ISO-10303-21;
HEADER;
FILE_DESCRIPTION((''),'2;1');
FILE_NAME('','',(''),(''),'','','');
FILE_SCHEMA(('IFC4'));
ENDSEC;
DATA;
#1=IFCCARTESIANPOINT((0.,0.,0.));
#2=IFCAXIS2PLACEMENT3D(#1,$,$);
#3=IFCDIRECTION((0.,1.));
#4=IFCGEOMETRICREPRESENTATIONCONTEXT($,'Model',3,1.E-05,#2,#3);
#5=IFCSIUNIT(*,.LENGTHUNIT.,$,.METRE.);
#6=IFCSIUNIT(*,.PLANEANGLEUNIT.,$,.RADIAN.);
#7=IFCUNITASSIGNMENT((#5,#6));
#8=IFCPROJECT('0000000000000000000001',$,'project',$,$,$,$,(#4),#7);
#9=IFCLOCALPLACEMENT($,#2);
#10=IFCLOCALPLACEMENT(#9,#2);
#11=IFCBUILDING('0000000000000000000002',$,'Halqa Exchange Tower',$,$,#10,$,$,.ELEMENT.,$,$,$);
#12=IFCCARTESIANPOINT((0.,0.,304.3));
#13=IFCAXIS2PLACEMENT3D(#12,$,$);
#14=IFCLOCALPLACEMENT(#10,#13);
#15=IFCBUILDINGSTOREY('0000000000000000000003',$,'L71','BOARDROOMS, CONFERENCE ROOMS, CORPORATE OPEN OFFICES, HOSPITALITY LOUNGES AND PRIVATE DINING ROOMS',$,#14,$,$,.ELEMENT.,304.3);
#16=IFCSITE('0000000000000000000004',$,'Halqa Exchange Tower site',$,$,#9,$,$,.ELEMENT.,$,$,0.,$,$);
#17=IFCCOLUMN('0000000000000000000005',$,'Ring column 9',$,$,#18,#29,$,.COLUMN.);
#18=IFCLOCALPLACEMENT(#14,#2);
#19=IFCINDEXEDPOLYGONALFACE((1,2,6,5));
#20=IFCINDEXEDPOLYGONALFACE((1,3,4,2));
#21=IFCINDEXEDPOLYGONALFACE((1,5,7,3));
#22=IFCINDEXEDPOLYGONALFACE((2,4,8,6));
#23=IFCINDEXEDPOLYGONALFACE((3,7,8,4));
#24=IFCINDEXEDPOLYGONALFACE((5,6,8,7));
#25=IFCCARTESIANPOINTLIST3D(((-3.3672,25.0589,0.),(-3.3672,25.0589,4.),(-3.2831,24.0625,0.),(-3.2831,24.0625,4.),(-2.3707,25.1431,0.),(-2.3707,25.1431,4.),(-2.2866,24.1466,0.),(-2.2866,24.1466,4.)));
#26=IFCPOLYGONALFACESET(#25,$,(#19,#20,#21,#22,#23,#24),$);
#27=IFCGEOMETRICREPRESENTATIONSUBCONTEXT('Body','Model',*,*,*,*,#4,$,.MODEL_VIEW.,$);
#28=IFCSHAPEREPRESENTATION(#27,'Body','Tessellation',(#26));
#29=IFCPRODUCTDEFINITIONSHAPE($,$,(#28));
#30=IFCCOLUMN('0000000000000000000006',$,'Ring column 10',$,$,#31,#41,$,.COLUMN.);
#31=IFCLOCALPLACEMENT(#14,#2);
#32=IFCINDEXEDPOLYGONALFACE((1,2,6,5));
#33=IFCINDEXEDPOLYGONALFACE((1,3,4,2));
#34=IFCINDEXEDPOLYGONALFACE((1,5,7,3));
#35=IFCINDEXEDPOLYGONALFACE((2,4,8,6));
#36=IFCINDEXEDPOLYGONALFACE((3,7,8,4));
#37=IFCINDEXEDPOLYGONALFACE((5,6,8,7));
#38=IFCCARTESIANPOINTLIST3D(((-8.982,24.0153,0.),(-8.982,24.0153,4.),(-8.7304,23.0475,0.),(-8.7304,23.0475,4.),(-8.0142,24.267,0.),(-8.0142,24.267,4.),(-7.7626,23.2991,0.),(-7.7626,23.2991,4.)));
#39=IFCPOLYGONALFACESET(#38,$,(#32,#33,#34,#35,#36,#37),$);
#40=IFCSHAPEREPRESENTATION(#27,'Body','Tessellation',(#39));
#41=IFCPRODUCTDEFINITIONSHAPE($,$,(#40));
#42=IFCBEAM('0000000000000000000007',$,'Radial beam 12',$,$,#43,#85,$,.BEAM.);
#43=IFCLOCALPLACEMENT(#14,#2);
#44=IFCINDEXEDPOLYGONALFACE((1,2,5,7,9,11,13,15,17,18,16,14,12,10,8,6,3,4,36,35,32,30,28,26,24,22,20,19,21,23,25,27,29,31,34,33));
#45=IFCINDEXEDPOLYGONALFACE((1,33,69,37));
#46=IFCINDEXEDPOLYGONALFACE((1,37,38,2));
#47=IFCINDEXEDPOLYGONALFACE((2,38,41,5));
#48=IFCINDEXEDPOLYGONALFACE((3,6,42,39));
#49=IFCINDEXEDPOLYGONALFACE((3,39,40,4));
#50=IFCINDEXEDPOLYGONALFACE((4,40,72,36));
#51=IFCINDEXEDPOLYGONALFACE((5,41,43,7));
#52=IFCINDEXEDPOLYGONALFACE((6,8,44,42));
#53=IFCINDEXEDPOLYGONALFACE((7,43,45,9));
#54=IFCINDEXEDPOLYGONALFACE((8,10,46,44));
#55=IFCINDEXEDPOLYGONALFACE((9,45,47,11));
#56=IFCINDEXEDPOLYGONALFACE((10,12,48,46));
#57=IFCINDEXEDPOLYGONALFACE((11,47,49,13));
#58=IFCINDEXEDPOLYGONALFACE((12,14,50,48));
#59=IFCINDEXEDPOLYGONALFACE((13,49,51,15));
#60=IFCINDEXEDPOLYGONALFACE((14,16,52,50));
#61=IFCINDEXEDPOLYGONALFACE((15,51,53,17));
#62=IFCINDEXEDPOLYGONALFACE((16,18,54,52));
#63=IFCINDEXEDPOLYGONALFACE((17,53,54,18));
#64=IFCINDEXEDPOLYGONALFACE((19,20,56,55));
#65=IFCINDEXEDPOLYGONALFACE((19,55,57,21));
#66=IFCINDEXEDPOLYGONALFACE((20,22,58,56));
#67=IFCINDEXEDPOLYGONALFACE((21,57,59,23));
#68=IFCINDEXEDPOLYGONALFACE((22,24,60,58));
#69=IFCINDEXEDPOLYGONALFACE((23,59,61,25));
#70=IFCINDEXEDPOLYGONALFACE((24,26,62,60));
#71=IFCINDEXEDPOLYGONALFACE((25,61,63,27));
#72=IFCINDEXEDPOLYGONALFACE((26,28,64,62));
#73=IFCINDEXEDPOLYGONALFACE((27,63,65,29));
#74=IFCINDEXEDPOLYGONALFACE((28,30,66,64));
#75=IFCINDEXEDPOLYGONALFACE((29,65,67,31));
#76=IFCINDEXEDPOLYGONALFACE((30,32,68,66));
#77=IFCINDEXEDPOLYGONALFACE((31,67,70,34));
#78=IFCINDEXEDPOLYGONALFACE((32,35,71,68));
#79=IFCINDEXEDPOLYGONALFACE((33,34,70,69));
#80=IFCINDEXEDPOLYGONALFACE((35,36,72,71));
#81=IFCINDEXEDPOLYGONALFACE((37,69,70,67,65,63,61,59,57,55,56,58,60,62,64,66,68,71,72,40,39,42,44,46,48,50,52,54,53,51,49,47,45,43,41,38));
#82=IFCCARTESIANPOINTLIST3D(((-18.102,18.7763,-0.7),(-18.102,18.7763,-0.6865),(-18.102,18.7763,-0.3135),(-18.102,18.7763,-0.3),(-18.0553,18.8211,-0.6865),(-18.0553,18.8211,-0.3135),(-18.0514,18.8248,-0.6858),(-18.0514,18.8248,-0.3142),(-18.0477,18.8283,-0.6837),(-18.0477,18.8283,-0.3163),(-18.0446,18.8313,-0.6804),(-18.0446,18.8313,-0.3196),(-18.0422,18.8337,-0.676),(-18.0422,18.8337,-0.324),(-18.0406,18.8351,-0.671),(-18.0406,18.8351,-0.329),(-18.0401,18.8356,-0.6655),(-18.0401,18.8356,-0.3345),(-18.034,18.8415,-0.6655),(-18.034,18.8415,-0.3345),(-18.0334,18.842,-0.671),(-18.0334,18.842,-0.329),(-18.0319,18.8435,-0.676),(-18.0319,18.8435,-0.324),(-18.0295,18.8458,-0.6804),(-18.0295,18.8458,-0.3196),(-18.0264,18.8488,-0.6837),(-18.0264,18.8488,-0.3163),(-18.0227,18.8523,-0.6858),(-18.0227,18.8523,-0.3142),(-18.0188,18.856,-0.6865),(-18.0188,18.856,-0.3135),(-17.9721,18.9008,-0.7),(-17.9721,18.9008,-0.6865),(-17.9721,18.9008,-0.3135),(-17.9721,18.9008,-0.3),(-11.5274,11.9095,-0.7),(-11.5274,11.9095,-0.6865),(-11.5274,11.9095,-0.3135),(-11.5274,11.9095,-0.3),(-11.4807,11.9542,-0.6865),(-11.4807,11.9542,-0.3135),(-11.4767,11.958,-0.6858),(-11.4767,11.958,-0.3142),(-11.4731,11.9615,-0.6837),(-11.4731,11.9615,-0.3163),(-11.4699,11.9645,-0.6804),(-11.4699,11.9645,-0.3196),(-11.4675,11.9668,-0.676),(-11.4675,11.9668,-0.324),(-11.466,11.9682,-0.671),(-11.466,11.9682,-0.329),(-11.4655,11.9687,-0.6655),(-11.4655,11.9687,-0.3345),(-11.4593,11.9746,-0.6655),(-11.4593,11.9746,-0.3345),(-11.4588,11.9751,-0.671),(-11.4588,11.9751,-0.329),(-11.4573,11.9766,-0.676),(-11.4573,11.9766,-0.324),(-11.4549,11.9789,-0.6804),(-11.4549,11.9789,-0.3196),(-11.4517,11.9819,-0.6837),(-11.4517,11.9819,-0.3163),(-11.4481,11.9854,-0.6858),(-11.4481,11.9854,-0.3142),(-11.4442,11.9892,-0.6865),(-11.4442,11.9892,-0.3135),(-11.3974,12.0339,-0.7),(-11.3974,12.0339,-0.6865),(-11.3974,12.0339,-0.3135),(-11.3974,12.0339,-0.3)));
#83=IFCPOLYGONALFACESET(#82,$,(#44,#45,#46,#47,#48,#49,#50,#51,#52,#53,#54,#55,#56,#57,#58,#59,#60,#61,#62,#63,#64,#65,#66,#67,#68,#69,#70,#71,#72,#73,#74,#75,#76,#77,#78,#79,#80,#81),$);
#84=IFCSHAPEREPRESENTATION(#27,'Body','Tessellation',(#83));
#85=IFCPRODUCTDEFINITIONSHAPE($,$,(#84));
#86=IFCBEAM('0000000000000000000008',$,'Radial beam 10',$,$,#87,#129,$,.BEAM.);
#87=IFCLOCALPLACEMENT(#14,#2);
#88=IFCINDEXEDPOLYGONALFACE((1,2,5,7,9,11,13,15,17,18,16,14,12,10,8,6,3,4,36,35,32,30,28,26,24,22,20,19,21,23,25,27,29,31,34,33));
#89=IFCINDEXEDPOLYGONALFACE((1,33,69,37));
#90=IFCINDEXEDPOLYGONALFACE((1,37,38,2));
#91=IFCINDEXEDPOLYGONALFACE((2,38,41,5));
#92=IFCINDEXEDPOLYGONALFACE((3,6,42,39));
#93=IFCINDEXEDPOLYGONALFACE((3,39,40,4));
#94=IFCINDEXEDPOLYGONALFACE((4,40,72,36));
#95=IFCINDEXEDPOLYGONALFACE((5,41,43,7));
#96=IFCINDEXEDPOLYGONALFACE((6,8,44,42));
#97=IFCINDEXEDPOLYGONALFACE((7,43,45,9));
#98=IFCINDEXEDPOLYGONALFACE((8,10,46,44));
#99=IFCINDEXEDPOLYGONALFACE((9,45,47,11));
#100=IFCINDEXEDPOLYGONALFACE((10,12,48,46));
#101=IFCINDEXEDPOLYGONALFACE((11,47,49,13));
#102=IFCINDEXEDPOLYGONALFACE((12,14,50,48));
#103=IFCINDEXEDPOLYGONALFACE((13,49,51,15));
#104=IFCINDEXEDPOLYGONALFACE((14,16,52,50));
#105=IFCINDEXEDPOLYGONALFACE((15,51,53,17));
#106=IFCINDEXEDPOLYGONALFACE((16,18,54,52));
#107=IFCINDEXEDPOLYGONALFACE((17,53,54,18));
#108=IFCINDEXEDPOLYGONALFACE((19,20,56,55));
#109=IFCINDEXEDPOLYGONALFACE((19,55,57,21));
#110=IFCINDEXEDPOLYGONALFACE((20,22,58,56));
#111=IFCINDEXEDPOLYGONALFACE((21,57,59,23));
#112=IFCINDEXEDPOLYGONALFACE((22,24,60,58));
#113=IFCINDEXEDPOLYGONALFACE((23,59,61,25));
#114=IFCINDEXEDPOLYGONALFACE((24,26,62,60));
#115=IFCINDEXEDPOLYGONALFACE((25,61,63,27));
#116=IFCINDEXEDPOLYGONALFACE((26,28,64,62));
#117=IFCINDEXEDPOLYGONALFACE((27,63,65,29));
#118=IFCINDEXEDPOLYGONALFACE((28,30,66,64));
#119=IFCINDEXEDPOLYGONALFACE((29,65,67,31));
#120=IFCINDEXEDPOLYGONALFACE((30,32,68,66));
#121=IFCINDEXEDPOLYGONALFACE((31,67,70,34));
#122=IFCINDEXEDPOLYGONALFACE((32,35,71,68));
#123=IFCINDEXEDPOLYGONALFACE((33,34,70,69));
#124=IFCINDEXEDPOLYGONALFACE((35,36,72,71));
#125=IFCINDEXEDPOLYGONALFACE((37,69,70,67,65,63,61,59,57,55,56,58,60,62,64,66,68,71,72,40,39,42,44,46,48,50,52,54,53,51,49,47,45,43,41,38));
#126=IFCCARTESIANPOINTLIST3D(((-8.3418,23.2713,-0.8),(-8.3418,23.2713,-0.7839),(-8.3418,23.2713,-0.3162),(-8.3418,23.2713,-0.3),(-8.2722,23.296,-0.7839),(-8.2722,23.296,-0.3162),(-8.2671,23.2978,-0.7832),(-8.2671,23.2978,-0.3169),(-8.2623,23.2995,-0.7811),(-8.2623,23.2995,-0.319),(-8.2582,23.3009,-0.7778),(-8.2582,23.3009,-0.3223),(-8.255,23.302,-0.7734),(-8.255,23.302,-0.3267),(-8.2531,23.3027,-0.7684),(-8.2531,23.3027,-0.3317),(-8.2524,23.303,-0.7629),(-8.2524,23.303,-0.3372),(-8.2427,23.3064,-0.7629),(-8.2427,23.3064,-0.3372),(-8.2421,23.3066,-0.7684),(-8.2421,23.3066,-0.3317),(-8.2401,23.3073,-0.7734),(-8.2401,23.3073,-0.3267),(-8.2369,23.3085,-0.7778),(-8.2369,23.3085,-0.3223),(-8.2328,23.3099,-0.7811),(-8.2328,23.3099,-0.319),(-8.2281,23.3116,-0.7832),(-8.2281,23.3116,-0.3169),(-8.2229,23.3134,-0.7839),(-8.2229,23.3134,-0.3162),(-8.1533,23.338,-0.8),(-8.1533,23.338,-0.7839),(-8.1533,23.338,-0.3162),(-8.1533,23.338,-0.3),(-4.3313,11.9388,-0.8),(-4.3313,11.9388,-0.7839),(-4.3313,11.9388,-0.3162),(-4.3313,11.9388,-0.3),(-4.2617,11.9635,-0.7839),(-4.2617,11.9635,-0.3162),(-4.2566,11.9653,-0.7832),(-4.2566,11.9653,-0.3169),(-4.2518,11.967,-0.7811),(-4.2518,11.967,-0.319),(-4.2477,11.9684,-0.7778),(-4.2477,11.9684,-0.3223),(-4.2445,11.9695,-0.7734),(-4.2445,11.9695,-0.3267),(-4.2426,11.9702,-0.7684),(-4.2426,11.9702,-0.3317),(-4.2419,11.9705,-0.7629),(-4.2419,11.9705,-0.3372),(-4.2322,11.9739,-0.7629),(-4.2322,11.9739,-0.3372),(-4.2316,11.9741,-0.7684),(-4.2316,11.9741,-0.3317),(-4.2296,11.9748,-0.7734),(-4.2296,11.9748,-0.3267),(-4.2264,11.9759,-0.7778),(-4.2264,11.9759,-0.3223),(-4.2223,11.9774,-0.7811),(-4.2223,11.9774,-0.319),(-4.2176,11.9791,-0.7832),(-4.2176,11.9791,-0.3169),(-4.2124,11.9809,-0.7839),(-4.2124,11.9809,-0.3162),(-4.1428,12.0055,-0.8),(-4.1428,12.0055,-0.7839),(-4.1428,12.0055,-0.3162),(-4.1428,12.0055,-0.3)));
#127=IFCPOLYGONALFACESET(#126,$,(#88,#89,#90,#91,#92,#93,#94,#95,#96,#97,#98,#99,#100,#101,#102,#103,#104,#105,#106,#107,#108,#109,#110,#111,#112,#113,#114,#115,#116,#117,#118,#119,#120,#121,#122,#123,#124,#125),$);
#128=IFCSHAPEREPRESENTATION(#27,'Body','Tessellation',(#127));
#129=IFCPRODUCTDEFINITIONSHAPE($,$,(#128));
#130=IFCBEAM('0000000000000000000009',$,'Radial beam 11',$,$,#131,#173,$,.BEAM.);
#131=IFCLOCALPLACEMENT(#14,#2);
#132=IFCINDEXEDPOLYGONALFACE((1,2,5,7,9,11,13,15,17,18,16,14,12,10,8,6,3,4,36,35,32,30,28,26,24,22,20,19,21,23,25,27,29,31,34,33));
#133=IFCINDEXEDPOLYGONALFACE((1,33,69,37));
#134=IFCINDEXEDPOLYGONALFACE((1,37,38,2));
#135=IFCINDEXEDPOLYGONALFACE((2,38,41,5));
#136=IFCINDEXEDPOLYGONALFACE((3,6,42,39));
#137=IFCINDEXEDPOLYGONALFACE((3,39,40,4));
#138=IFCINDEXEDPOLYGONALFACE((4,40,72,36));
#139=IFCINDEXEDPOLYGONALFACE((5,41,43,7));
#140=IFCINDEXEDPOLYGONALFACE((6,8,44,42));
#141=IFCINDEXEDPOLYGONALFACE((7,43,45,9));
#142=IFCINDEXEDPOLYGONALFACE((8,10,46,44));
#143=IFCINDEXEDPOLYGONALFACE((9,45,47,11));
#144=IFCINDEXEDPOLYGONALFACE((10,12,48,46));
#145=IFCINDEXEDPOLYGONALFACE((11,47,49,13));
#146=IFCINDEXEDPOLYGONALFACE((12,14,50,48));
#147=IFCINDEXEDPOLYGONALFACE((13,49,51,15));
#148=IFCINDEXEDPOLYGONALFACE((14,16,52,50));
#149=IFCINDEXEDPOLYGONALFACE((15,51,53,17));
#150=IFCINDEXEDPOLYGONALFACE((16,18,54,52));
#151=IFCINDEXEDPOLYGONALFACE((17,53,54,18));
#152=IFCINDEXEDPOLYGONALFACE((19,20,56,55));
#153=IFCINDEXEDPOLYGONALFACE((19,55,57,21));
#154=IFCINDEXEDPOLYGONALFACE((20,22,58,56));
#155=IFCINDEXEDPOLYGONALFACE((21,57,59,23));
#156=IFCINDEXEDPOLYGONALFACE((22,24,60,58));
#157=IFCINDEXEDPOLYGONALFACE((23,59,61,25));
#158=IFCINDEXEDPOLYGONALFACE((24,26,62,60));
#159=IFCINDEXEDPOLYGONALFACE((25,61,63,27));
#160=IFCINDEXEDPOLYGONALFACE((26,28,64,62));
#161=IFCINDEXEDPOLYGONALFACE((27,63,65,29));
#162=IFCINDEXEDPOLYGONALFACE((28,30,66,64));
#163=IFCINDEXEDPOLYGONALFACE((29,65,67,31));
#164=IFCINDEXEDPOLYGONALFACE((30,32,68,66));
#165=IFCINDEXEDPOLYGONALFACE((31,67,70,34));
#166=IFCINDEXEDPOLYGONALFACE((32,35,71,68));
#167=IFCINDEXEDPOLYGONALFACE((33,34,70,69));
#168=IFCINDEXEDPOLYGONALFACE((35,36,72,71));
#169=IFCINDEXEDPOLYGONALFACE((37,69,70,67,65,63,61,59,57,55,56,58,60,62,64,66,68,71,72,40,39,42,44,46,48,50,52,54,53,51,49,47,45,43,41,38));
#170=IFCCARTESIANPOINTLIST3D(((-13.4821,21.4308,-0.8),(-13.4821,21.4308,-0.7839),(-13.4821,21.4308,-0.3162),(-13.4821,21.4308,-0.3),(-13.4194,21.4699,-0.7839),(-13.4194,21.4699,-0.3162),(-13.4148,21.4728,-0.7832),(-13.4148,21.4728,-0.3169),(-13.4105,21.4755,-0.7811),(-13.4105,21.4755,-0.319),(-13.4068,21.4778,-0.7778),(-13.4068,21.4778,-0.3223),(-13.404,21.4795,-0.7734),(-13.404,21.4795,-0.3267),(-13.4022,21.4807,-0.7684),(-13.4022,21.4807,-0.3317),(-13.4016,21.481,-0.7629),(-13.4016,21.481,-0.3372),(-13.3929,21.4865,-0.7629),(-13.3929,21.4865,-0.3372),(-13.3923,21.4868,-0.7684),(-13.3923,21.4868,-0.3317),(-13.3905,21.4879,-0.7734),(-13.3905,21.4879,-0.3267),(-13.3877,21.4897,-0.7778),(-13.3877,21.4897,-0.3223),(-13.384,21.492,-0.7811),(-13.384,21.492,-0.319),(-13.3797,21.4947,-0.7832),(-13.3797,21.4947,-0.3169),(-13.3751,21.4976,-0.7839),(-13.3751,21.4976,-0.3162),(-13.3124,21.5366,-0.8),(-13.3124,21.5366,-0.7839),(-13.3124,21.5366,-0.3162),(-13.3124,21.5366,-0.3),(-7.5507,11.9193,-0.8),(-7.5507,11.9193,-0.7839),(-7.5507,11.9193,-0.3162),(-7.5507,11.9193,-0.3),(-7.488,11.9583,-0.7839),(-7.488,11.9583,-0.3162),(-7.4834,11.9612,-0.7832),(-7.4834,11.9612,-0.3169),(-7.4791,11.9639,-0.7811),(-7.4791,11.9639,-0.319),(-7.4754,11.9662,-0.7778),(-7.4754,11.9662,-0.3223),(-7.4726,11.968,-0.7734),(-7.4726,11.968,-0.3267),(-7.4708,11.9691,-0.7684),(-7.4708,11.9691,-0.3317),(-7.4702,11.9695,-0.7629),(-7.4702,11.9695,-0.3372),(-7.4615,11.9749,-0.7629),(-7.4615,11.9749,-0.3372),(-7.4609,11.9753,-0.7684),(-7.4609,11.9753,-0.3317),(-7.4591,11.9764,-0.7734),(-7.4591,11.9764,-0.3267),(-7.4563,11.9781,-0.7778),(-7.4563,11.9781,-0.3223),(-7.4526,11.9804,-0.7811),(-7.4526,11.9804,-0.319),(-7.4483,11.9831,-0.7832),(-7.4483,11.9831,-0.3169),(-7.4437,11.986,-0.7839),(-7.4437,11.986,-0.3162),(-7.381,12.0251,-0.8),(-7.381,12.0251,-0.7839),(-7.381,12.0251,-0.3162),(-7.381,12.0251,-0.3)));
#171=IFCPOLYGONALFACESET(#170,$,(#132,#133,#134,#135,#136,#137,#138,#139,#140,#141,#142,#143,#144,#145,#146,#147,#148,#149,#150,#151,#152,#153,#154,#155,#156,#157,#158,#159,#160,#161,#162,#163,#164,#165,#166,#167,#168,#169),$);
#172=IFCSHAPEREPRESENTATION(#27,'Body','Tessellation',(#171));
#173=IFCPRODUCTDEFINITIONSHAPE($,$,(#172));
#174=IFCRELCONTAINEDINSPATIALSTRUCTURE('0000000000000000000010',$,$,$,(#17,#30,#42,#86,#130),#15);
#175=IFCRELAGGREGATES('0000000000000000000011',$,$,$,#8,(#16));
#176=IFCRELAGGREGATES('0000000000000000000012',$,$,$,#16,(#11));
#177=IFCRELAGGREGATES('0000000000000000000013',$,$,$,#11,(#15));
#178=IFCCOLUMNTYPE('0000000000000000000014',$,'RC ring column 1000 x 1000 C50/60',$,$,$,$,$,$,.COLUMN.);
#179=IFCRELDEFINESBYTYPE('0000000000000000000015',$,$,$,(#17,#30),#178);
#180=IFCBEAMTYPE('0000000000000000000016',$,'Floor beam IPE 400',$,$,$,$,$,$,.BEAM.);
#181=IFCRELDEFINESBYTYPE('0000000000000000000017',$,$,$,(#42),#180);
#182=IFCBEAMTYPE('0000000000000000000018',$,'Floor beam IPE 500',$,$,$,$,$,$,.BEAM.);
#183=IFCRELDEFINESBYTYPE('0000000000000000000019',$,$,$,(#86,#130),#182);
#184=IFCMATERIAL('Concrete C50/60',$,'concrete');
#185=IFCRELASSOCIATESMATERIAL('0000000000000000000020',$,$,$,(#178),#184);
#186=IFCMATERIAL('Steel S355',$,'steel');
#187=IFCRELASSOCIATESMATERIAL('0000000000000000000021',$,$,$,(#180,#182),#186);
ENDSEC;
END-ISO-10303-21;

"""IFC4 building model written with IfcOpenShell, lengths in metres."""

from ifc_helpers import new_model, si_unit, direction, frame, origin, origin_2d, place, context, subcontext, project, spatial, rectangle, i_section, extrude, material, material_profile, profile_set, type_object, element, save


model = new_model("IFC4")

# Units and contexts
model_context = context("Model", 3, precision=1e-05, world=origin(), true_north=direction((0.0, 1.0)))
body_context = subcontext(model_context, "Body", "Model", "MODEL_VIEW")
ifc_project = project(units=[si_unit("LENGTHUNIT", "METRE"), si_unit("PLANEANGLEUNIT", "RADIAN")], contexts=[model_context])

# Site, building, storey
site_placement = place(None, origin())
site = spatial("IfcSite", under=ifc_project, at=site_placement, Name="Halqa Exchange Tower site", CompositionType="ELEMENT", RefElevation=0.0)
building_placement = place(site_placement, origin())
building = spatial("IfcBuilding", under=site, at=building_placement, Name="Halqa Exchange Tower", CompositionType="ELEMENT")
storey_placement = place(building_placement, frame((0.0, 0.0, 304.3)))
storey = spatial("IfcBuildingStorey", under=building, at=storey_placement, Name="L71", Description="BOARDROOMS, CONFERENCE ROOMS, CORPORATE OPEN OFFICES, HOSPITALITY LOUNGES AND PRIVATE DINING ROOMS", CompositionType="ELEMENT", Elevation=304.3)

# Columns
ifc_material_1 = material(Name="Concrete C50/60", Category="concrete")
ifc_material_profile_1 = material_profile(ifc_material_1, rectangle(XDim=1.0, YDim=1.0, at=origin_2d()), Name="1000 x 1000")
ifc_profile_set_1 = profile_set([ifc_material_profile_1], Name="Concrete C50/60")
column_type = type_object("IfcColumnType", Name="RC ring column 1000 x 1000 C50/60", PredefinedType="COLUMN", material=ifc_profile_set_1)
for number, where, z_axis, x_axis, name in (
    (1, (-2.8269, 24.6028, 0.0), (0.0, 0.0, 1.0), (-0.996455, -0.084125, 0.0), "Ring column 9"),
    (2, (-8.3723, 23.6572, 0.0), (0.0, 0.0, 1.0), (-0.96782, -0.251645, 0.0), "Ring column 10"),
):
    element("IfcColumn", number, at=place(storey_placement, frame(where, z_axis=z_axis, x_axis=x_axis)), inside=storey, type_object=column_type, Name=name, PredefinedType="COLUMN", context=body_context, shape_type="SweptSolid", body=[
        extrude(rectangle(XDim=1.0, YDim=1.0, at=origin_2d()), origin(), (0.0, 0.0, 1.0), 4.0),
    ])

# Beams
ifc_material_2 = material(Name="Steel S355", Category="steel")
ifc_material_profile_2 = material_profile(ifc_material_2, i_section(OverallWidth=0.1799, OverallDepth=0.3999, WebThickness=0.0085, FlangeThickness=0.0134, FilletRadius=0.021, at=origin_2d()), Name="IPE 400")
ifc_profile_set_2 = profile_set([ifc_material_profile_2], Name="Steel S355")
beam_type_1 = type_object("IfcBeamType", Name="Floor beam IPE 400", PredefinedType="BEAM", material=ifc_profile_set_2)
beam_1_placement = place(storey_placement, frame((-11.4624, 11.9717, -0.5), z_axis=(-0.69157, 0.722309, 0.0), x_axis=(-0.722309, -0.69157, 0.0)))
element("IfcBeam", 3, at=beam_1_placement, inside=storey, type_object=beam_type_1, Name="Radial beam 12", PredefinedType="BEAM", context=body_context, shape_type="SweptSolid", body=[
    extrude(i_section(OverallWidth=0.1799, OverallDepth=0.3999, WebThickness=0.0085, FlangeThickness=0.0134, FilletRadius=0.021, at=origin_2d()), origin(), (0.0, 0.0, 1.0), 9.5068),
])
ifc_material_profile_3 = material_profile(ifc_material_2, i_section(OverallWidth=0.2, OverallDepth=0.5, WebThickness=0.0103, FlangeThickness=0.0161, FilletRadius=0.021, at=origin_2d()), Name="IPE 500")
ifc_profile_set_3 = profile_set([ifc_material_profile_3], Name="Steel S355")
beam_type_2 = type_object("IfcBeamType", Name="Floor beam IPE 500", PredefinedType="BEAM", material=ifc_profile_set_3)
beam_2_placement = place(storey_placement, frame((-4.2371, 11.9722, -0.55), z_axis=(-0.333618, 0.942708, 0.0), x_axis=(-0.942708, -0.333618, 0.0)))
element("IfcBeam", 4, at=beam_2_placement, inside=storey, type_object=beam_type_2, Name="Radial beam 10", PredefinedType="BEAM", context=body_context, shape_type="SweptSolid", body=[
    extrude(i_section(OverallWidth=0.2, OverallDepth=0.5, WebThickness=0.0103, FlangeThickness=0.0161, FilletRadius=0.021, at=origin_2d()), origin(), (0.0, 0.0, 1.0), 12.0212),
])
beam_3_placement = place(storey_placement, frame((-7.4658, 11.9722, -0.55), z_axis=(-0.529147, 0.84853, 0.0), x_axis=(-0.84853, -0.529147, 0.0)))
element("IfcBeam", 5, at=beam_3_placement, inside=storey, type_object=beam_type_2, Name="Radial beam 11", PredefinedType="BEAM", context=body_context, shape_type="SweptSolid", body=[
    extrude(i_section(OverallWidth=0.2, OverallDepth=0.5, WebThickness=0.0103, FlangeThickness=0.0161, FilletRadius=0.021, at=origin_2d()), origin(), (0.0, 0.0, 1.0), 11.2095),
])

save(model, "model.ifc")
